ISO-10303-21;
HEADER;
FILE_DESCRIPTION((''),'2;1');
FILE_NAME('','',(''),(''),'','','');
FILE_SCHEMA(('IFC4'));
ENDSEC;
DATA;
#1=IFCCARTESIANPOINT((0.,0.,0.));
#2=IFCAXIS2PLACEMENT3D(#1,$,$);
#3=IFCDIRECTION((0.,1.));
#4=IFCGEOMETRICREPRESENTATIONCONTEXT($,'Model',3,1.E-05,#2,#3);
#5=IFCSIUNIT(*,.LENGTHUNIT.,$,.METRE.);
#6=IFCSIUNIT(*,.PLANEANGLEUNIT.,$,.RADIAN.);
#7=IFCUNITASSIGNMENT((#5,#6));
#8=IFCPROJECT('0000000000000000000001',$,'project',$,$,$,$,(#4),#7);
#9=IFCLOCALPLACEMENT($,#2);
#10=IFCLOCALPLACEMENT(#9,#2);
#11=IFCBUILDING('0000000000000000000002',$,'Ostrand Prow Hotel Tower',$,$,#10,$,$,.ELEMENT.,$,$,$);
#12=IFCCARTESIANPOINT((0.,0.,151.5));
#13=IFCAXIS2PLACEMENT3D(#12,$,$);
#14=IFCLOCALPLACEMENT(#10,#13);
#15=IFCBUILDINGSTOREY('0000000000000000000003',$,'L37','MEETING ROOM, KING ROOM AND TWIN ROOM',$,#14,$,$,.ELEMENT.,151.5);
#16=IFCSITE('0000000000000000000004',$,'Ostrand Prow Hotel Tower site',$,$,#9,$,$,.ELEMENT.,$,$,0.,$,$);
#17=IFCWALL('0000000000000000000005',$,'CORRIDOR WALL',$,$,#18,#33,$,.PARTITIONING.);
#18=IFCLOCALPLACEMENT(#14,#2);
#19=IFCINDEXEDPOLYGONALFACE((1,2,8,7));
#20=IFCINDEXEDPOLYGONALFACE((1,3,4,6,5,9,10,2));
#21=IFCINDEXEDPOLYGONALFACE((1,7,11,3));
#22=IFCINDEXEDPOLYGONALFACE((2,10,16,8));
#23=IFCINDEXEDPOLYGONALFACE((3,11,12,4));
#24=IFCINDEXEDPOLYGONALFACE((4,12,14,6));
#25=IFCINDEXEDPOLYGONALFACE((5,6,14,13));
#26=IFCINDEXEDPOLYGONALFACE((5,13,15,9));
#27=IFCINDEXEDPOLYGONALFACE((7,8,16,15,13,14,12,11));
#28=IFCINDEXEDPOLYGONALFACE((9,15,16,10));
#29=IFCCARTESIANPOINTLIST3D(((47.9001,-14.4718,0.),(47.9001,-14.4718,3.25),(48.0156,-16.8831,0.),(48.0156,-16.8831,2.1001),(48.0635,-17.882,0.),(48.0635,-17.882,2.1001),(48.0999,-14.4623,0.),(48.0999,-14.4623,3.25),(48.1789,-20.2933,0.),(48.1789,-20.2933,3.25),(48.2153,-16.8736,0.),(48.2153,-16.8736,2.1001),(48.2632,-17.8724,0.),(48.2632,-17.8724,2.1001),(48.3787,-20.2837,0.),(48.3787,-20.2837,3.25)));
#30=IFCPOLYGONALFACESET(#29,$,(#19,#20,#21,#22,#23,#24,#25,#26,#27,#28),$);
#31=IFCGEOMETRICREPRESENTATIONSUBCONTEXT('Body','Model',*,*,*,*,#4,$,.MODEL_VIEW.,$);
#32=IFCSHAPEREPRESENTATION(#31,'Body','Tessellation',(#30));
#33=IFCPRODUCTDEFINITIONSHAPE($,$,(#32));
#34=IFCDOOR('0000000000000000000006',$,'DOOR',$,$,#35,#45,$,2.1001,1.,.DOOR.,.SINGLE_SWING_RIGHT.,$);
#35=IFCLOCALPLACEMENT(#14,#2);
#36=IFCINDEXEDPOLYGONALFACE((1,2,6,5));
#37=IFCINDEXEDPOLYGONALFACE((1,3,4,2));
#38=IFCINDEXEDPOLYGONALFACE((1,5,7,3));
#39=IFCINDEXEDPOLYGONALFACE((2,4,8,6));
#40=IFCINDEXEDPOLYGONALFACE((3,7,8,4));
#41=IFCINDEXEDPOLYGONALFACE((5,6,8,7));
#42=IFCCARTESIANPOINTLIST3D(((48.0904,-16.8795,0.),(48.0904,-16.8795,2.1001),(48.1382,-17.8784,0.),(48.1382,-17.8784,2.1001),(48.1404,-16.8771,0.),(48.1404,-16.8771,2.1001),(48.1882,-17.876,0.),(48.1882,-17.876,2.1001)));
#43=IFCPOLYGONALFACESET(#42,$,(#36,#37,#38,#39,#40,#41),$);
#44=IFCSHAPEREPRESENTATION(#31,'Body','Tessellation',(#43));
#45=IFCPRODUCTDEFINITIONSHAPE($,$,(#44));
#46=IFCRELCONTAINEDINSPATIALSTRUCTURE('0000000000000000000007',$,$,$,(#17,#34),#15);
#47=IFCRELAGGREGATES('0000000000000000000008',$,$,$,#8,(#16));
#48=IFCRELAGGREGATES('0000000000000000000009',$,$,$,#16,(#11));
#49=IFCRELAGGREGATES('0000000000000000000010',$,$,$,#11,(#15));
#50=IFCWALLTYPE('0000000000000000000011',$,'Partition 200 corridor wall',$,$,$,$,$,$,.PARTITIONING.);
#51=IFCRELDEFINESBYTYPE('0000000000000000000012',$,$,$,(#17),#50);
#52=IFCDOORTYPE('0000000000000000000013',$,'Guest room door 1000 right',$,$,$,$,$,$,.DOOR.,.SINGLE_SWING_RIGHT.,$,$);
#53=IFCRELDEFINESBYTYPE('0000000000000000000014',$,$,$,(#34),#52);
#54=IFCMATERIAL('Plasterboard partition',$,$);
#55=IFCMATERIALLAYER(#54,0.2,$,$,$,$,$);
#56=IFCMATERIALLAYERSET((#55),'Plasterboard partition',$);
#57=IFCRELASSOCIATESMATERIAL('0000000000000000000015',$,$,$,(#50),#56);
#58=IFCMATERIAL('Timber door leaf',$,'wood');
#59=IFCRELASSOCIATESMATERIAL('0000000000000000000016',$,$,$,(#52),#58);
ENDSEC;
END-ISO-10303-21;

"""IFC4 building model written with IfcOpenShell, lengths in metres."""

from ifc_helpers import new_model, si_unit, direction, frame, frame_2d, origin, place, context, subcontext, project, spatial, rectangle, extrude, material, layer, layer_set, type_object, element, fill, save


model = new_model("IFC4")

# Units and contexts
model_context = context("Model", 3, precision=1e-05, world=origin(), true_north=direction((0.0, 1.0)))
body_context = subcontext(model_context, "Body", "Model", "MODEL_VIEW")
ifc_project = project(units=[si_unit("LENGTHUNIT", "METRE"), si_unit("PLANEANGLEUNIT", "RADIAN")], contexts=[model_context])

# Site, building, storey
site_placement = place(None, origin())
site = spatial("IfcSite", under=ifc_project, at=site_placement, Name="Ostrand Prow Hotel Tower site", CompositionType="ELEMENT", RefElevation=0.0)
building_placement = place(site_placement, origin())
building = spatial("IfcBuilding", under=site, at=building_placement, Name="Ostrand Prow Hotel Tower", CompositionType="ELEMENT")
storey_placement = place(building_placement, frame((0.0, 0.0, 151.5)))
storey = spatial("IfcBuildingStorey", under=building, at=storey_placement, Name="L37", Description="MEETING ROOM, KING ROOM AND TWIN ROOM", CompositionType="ELEMENT", Elevation=151.5)

# Shared definitions
ifc_material_1 = material(Name="Plasterboard partition")
ifc_layer_1 = layer(ifc_material_1, 0.2)
ifc_layer_set_1 = layer_set([ifc_layer_1], Name="Plasterboard partition")
wall_type_1 = type_object("IfcWallType", Name="Partition 200 corridor wall", PredefinedType="PARTITIONING", material=ifc_layer_set_1)

# Wall, opening, door
wall_1_placement = place(storey_placement, frame((48.0, -14.467, 0.0), z_axis=(0.0, 0.0, 1.0), x_axis=(0.047838, -0.998855, 0.0)))
wall_1 = element("IfcWall", 1, at=wall_1_placement, inside=storey, type_object=wall_type_1, Name="CORRIDOR WALL", PredefinedType="PARTITIONING", context=body_context, shape_type="SweptSolid", body=[
    extrude(rectangle(XDim=5.8281, YDim=0.2, at=frame_2d((2.9141, 0.0))), origin(), (0.0, 0.0, 1.0), 3.25),
])
opening_1_placement = place(wall_1_placement, frame((2.4141, 0.0, 0.0)))
opening_1 = element("IfcOpeningElement", 2, at=opening_1_placement, cuts=wall_1, PredefinedType="OPENING", context=body_context, shape_type="SweptSolid", body=[
    extrude(rectangle(XDim=1.0, YDim=2.1001, at=frame_2d((0.5, 1.05))), frame((0.0, 0.1099, 0.0), z_axis=(0.0, -1.0, 0.0), x_axis=(1.0, 0.0, 0.0)), (0.0, 0.0, 1.0), 0.22),
])
ifc_material_2 = material(Name="Timber door leaf", Category="wood")
door_type_1 = type_object("IfcDoorType", Name="Guest room door 1000 right", OperationType="SINGLE_SWING_RIGHT", PredefinedType="DOOR", material=ifc_material_2)
door_1_placement = place(opening_1_placement, origin())
door_1 = element("IfcDoor", 3, at=door_1_placement, inside=storey, type_object=door_type_1, Name="DOOR", OperationType="SINGLE_SWING_RIGHT", OverallHeight=2.1001, OverallWidth=1.0, PredefinedType="DOOR", context=body_context, shape_type="SweptSolid", body=[
    extrude(rectangle(XDim=1.0, YDim=2.1001, at=frame_2d((0.5, 1.05))), frame((0.0, 0.0249, 0.0), z_axis=(0.0, -1.0, 0.0), x_axis=(1.0, 0.0, 0.0)), (0.0, 0.0, 1.0), 0.05),
])
fill(opening_1, door_1)

save(model, "model.ifc")
